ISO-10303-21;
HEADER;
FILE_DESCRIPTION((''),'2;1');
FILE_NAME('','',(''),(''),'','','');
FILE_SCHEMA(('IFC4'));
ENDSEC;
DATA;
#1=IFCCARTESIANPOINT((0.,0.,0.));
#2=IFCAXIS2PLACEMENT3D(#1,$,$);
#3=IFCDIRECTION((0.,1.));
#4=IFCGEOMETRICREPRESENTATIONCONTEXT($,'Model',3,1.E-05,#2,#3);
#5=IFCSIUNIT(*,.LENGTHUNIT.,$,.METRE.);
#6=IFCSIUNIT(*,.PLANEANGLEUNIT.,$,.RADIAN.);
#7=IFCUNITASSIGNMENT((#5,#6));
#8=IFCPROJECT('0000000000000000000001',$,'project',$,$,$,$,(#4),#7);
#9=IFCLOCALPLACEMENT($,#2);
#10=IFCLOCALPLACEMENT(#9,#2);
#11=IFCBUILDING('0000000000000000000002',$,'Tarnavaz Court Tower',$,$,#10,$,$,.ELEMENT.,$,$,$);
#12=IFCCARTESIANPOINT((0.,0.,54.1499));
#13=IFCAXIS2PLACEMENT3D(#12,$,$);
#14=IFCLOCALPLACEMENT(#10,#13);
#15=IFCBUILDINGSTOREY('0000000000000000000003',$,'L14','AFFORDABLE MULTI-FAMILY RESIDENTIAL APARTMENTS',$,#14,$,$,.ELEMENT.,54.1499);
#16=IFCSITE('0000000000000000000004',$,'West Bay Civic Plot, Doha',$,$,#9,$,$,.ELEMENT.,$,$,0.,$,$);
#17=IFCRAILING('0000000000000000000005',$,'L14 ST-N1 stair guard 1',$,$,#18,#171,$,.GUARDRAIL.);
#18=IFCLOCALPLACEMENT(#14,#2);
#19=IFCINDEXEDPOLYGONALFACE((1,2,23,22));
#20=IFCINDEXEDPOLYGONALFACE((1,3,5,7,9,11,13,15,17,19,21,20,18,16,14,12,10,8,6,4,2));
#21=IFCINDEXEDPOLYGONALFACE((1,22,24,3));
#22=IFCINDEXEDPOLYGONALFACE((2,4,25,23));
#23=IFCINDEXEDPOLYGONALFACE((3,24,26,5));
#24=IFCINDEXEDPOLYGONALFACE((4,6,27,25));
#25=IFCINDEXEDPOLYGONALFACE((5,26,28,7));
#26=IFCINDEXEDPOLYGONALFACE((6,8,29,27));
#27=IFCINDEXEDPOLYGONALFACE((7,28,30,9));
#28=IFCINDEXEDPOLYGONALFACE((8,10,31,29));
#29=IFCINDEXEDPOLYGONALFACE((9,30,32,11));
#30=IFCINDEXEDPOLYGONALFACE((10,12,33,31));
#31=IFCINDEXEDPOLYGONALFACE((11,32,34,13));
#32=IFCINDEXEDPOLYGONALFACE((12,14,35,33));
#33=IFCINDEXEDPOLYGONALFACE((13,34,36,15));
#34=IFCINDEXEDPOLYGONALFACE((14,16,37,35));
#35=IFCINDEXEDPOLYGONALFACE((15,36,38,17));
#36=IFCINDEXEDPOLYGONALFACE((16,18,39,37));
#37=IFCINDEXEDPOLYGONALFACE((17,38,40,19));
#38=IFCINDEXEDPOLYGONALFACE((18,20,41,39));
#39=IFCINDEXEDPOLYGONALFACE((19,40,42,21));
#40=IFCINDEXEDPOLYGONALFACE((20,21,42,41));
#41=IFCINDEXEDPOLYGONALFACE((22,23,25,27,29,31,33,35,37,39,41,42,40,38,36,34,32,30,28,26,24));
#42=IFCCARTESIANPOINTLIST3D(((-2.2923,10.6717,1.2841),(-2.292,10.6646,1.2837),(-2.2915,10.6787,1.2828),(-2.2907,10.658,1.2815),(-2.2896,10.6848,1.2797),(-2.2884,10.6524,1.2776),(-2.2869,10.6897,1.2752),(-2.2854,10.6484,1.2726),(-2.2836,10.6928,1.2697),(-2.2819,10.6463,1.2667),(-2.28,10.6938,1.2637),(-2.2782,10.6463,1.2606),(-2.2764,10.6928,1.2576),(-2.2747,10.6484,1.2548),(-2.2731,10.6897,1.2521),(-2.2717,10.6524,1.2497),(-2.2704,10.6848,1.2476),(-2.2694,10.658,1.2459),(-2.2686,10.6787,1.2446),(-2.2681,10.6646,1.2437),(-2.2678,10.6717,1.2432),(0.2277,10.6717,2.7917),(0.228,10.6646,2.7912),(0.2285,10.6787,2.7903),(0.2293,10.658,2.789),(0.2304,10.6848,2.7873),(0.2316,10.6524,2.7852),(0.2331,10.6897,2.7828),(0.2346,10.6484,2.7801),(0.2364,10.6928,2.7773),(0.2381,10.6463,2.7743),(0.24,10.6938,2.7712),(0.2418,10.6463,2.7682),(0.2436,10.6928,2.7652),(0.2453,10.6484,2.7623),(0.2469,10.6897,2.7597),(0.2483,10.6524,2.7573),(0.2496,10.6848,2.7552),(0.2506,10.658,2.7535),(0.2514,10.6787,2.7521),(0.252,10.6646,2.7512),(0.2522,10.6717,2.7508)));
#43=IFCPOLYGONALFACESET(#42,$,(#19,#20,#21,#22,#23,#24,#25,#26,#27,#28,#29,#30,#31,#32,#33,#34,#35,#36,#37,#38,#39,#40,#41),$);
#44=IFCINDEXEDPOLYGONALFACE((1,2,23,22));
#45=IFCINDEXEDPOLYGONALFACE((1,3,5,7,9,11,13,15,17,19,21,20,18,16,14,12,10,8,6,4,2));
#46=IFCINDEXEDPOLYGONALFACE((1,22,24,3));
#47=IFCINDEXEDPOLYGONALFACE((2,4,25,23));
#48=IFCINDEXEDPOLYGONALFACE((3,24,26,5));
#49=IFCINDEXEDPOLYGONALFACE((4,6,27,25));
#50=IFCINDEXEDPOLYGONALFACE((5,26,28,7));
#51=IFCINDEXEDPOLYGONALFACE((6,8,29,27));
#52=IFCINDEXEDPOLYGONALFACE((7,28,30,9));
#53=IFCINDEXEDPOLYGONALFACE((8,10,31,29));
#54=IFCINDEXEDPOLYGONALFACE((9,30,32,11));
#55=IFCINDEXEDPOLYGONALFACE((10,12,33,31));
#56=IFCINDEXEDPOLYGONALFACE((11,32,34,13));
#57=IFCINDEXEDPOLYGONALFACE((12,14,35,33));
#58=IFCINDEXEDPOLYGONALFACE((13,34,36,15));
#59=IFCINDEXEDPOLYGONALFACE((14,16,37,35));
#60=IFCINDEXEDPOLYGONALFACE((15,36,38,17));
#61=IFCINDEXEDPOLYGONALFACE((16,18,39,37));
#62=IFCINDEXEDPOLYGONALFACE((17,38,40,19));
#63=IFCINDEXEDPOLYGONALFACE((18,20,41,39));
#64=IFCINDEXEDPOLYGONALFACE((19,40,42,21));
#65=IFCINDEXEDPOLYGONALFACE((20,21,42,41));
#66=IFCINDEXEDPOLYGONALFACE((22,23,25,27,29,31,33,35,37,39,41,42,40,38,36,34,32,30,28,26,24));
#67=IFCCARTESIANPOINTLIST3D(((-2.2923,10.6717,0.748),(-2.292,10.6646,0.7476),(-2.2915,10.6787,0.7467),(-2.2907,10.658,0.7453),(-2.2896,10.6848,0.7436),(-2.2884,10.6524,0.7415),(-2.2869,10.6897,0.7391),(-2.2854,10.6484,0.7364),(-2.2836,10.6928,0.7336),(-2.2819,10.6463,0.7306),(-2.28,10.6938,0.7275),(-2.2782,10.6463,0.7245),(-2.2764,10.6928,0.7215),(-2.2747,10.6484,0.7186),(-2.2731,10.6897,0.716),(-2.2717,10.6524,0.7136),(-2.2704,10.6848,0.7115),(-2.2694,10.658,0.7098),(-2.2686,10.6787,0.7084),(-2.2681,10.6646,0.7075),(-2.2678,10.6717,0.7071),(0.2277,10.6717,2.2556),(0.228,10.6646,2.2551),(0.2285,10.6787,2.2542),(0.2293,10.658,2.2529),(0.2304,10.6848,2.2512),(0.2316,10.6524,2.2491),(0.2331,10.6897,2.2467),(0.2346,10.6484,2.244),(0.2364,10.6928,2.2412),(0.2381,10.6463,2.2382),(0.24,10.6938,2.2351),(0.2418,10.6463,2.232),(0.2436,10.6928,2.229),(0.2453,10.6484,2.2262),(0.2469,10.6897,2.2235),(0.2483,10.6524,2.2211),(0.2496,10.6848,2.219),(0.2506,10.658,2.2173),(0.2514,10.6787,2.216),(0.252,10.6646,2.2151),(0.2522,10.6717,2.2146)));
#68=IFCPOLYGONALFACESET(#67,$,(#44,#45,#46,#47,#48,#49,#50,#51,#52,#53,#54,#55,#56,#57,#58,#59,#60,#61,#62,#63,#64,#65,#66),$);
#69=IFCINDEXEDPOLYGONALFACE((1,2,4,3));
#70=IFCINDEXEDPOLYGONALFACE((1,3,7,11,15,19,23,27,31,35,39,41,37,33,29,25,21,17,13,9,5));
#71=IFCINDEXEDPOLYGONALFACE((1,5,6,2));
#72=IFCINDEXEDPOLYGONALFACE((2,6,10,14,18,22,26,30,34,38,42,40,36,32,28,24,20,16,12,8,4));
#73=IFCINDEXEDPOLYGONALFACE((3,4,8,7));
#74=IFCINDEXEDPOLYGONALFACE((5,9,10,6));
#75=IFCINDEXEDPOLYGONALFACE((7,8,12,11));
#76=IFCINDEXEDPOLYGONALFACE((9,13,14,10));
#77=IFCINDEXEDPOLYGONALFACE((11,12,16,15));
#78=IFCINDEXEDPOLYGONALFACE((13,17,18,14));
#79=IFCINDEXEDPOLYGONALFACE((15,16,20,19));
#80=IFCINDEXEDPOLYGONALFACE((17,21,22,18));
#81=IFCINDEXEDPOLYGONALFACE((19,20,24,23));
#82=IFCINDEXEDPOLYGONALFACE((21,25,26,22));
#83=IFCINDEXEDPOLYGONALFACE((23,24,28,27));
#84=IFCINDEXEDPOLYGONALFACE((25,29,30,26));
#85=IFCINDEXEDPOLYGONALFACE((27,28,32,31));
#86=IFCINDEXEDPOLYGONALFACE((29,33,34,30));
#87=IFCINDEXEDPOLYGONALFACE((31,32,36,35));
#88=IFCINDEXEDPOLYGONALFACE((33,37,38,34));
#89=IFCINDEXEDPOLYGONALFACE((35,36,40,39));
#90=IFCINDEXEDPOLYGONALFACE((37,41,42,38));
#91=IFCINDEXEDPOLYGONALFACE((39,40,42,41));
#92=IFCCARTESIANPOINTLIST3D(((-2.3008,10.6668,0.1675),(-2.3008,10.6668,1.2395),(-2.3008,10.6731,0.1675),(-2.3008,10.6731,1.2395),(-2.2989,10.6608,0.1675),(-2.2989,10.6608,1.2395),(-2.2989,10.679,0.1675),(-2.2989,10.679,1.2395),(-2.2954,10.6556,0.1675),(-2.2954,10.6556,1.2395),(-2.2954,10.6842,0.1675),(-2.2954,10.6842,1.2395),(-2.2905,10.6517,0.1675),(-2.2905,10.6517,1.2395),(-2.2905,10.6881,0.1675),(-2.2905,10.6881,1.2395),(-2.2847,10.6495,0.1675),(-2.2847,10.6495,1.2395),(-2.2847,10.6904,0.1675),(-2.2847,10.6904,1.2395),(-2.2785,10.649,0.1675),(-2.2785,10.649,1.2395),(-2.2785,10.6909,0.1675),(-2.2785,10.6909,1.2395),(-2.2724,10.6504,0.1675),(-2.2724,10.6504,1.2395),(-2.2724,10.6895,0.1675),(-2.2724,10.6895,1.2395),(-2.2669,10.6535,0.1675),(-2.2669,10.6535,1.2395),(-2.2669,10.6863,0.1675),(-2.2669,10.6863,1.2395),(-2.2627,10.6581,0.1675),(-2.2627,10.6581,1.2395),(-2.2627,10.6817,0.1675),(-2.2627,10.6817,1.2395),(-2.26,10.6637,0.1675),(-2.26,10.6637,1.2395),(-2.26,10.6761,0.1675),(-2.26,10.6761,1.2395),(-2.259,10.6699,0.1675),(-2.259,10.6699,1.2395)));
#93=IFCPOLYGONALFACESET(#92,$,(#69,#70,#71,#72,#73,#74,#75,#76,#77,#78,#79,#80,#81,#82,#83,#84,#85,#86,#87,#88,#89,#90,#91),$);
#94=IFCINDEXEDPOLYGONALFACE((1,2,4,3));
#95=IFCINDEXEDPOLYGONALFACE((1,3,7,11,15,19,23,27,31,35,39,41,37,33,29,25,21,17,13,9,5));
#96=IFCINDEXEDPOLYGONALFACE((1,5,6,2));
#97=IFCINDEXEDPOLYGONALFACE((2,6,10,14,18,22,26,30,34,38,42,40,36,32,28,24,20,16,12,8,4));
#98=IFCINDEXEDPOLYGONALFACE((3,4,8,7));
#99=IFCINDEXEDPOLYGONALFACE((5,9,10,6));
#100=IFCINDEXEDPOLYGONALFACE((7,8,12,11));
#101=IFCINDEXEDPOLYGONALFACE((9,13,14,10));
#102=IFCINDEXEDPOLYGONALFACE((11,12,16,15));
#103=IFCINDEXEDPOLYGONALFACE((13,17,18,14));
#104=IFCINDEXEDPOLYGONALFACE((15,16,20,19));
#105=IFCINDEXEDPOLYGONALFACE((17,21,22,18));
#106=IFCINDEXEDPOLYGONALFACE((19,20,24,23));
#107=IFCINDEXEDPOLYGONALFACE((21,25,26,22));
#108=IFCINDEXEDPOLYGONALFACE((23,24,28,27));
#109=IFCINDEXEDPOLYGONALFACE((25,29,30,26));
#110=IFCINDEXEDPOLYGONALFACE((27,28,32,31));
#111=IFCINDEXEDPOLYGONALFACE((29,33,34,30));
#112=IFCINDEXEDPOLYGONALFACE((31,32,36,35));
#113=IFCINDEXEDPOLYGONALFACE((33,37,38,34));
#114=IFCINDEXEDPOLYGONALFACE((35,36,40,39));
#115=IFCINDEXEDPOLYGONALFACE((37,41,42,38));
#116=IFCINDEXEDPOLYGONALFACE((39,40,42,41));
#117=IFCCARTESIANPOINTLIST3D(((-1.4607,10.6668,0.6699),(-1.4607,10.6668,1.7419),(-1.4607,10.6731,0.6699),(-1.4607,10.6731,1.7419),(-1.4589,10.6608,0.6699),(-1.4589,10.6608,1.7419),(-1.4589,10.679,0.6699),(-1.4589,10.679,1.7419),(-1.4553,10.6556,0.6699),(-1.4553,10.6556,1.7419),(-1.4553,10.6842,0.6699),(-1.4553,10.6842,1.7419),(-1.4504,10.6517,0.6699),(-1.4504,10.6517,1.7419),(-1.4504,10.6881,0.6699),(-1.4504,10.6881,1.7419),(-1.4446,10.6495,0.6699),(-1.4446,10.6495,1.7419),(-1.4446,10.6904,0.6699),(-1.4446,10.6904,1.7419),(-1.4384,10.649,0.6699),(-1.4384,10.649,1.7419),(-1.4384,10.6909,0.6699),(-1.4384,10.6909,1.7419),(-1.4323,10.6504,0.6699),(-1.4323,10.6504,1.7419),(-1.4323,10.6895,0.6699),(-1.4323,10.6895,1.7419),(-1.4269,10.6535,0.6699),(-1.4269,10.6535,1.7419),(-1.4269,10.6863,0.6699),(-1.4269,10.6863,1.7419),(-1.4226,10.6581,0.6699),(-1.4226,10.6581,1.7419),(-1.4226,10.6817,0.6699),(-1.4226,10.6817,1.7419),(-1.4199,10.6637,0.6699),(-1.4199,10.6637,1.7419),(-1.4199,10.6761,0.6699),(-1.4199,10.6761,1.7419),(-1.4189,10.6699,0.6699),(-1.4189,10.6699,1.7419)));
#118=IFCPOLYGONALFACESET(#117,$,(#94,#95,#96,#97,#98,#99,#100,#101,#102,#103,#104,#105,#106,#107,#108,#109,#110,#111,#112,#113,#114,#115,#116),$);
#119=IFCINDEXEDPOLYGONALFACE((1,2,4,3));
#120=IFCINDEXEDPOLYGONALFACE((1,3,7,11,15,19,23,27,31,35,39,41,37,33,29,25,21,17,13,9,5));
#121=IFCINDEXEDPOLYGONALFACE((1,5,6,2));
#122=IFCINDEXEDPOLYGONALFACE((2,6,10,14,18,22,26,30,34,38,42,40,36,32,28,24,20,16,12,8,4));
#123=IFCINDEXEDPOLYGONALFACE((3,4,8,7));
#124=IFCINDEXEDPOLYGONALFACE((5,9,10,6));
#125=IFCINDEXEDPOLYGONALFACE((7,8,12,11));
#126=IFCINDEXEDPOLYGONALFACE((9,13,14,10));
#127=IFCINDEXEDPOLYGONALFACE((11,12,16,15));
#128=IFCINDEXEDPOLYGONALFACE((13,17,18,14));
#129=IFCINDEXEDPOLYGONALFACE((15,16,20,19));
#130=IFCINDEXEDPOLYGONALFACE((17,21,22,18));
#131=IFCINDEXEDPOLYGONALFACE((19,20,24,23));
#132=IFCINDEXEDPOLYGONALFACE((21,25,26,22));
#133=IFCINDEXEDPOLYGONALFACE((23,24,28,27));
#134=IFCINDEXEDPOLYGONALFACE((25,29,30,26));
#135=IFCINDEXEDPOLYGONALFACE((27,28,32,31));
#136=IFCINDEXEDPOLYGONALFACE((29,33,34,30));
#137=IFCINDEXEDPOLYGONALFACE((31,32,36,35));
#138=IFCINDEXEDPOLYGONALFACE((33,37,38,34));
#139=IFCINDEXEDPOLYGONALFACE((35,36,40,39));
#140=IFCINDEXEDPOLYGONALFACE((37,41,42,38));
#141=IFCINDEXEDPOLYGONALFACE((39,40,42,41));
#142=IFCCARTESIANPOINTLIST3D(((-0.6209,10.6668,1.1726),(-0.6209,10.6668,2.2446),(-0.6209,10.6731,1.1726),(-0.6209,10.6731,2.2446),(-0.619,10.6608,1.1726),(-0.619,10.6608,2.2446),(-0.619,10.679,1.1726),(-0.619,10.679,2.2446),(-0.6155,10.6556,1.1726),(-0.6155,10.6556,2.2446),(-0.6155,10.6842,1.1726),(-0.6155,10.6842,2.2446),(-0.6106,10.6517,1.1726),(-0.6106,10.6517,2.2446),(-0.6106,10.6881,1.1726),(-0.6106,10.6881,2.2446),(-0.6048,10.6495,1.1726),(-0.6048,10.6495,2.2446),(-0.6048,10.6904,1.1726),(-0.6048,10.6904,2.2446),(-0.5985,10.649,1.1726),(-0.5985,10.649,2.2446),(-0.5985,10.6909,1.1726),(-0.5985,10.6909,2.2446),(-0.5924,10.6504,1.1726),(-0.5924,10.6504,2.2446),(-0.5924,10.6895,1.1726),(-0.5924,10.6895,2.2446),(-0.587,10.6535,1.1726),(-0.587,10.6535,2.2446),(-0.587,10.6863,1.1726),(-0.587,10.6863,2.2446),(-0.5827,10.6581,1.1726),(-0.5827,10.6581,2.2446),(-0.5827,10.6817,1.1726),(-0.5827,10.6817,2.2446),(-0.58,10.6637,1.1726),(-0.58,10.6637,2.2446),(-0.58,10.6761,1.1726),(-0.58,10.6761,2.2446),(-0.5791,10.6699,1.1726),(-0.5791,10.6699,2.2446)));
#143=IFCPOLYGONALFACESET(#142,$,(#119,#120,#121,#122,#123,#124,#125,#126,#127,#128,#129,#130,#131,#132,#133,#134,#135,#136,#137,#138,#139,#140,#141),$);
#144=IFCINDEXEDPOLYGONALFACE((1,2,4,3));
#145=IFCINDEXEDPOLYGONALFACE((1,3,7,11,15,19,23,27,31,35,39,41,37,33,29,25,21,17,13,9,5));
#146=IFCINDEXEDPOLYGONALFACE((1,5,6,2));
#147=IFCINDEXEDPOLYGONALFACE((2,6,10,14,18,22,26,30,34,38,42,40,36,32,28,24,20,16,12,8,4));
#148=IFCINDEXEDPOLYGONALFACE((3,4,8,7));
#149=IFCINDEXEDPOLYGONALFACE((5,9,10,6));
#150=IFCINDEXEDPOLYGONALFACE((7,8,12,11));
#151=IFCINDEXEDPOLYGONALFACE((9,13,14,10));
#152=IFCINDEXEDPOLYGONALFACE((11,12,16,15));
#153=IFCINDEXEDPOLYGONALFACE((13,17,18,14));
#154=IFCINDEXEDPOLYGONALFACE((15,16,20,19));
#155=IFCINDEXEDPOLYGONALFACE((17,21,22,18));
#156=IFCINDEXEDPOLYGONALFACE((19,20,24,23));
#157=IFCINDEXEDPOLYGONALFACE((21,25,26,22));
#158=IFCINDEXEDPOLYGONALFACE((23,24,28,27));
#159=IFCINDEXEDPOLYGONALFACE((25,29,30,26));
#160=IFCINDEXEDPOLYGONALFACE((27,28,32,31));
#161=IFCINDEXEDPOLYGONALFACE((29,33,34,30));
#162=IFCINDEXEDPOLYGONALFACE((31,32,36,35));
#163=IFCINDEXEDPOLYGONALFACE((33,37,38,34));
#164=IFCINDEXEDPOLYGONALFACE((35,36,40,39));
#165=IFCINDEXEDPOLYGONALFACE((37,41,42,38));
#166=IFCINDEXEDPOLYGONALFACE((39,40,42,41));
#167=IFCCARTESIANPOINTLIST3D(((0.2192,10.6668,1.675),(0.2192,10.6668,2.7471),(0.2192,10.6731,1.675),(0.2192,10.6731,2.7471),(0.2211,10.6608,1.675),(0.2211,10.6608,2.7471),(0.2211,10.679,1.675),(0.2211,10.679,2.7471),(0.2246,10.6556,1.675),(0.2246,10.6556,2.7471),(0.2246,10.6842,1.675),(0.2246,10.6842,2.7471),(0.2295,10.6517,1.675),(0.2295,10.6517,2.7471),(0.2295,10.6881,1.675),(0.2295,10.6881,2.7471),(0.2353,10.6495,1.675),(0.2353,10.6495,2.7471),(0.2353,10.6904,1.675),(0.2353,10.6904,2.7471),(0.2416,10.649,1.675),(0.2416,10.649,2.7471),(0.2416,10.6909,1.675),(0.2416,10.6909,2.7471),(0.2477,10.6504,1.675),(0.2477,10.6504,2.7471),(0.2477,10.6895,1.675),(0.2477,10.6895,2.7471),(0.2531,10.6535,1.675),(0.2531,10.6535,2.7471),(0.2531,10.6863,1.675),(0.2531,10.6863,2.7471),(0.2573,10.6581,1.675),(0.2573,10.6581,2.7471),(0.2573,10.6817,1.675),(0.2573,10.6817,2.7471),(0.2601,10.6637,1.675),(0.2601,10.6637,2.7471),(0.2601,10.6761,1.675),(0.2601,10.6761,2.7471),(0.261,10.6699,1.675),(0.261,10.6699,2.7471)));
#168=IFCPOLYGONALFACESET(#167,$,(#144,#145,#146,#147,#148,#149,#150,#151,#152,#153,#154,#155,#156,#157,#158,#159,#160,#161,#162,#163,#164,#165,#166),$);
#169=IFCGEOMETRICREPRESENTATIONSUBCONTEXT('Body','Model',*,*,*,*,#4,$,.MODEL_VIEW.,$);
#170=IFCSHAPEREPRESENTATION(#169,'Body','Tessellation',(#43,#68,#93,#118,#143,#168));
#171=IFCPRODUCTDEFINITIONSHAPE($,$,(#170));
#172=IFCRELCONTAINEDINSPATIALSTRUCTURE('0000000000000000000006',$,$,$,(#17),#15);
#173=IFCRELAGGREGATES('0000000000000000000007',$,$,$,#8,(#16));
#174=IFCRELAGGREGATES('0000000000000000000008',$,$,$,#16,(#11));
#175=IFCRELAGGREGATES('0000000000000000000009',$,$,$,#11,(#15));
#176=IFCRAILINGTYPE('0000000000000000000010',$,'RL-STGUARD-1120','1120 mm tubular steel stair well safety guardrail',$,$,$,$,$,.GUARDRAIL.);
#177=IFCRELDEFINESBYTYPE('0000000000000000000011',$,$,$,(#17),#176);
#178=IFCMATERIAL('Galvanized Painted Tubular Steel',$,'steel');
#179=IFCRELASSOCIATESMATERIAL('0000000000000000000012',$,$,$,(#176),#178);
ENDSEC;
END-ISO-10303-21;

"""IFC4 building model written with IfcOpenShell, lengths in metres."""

from ifc_helpers import new_model, si_unit, direction, frame, origin, origin_2d, place, context, subcontext, project, spatial, circle, extrude, material, type_object, element, save


model = new_model("IFC4")

# Units and contexts
model_context = context("Model", 3, precision=1e-05, world=origin(), true_north=direction((0.0, 1.0)))
body_context = subcontext(model_context, "Body", "Model", "MODEL_VIEW")
ifc_project = project(units=[si_unit("LENGTHUNIT", "METRE"), si_unit("PLANEANGLEUNIT", "RADIAN")], contexts=[model_context])

# Site, building, storey
site_placement = place(None, origin())
site = spatial("IfcSite", under=ifc_project, at=site_placement, Name="West Bay Civic Plot, Doha", CompositionType="ELEMENT", RefElevation=0.0)
building_placement = place(site_placement, origin())
building = spatial("IfcBuilding", under=site, at=building_placement, Name="Tarnavaz Court Tower", CompositionType="ELEMENT")
storey_placement = place(building_placement, frame((0.0, 0.0, 54.1499)))
storey = spatial("IfcBuildingStorey", under=building, at=storey_placement, Name="L14", Description="AFFORDABLE MULTI-FAMILY RESIDENTIAL APARTMENTS", CompositionType="ELEMENT", Elevation=54.1499)

# Railing
ifc_material_1 = material(Name="Galvanized Painted Tubular Steel", Category="steel")
railing_type_1 = type_object("IfcRailingType", Name="RL-STGUARD-1120", Description="1120 mm tubular steel stair well safety guardrail", PredefinedType="GUARDRAIL", material=ifc_material_1)
railing_1_placement = place(storey_placement, frame((-2.28, 10.6699, 0.1675)))
element("IfcRailing", 1, at=railing_1_placement, inside=storey, type_object=railing_type_1, Name="L14 ST-N1 stair guard 1", PredefinedType="GUARDRAIL", context=body_context, shape_type="SweptSolid", body=[
    extrude(circle(Radius=0.0239, at=origin_2d()), frame((0.0, 0.0, 1.0962), z_axis=(0.85816, 0.0, 0.513383), x_axis=(0.0, 1.0, 0.0)), (0.0, 0.0, 1.0), 2.9365),
    extrude(circle(Radius=0.0239, at=origin_2d()), frame((0.0, 0.0, 0.5601), z_axis=(0.85816, 0.0, 0.513383), x_axis=(0.0, 1.0, 0.0)), (0.0, 0.0, 1.0), 2.9365),
    extrude(circle(Radius=0.021, at=origin_2d()), origin(), (0.0, 0.0, 1.0), 1.072),
    extrude(circle(Radius=0.021, at=origin_2d()), frame((0.8401, 0.0, 0.5024)), (0.0, 0.0, 1.0), 1.072),
    extrude(circle(Radius=0.021, at=origin_2d()), frame((1.6799, 0.0, 1.0051)), (0.0, 0.0, 1.0), 1.072),
    extrude(circle(Radius=0.021, at=origin_2d()), frame((2.52, 0.0, 1.5076)), (0.0, 0.0, 1.0), 1.072),
])

save(model, "model.ifc")
